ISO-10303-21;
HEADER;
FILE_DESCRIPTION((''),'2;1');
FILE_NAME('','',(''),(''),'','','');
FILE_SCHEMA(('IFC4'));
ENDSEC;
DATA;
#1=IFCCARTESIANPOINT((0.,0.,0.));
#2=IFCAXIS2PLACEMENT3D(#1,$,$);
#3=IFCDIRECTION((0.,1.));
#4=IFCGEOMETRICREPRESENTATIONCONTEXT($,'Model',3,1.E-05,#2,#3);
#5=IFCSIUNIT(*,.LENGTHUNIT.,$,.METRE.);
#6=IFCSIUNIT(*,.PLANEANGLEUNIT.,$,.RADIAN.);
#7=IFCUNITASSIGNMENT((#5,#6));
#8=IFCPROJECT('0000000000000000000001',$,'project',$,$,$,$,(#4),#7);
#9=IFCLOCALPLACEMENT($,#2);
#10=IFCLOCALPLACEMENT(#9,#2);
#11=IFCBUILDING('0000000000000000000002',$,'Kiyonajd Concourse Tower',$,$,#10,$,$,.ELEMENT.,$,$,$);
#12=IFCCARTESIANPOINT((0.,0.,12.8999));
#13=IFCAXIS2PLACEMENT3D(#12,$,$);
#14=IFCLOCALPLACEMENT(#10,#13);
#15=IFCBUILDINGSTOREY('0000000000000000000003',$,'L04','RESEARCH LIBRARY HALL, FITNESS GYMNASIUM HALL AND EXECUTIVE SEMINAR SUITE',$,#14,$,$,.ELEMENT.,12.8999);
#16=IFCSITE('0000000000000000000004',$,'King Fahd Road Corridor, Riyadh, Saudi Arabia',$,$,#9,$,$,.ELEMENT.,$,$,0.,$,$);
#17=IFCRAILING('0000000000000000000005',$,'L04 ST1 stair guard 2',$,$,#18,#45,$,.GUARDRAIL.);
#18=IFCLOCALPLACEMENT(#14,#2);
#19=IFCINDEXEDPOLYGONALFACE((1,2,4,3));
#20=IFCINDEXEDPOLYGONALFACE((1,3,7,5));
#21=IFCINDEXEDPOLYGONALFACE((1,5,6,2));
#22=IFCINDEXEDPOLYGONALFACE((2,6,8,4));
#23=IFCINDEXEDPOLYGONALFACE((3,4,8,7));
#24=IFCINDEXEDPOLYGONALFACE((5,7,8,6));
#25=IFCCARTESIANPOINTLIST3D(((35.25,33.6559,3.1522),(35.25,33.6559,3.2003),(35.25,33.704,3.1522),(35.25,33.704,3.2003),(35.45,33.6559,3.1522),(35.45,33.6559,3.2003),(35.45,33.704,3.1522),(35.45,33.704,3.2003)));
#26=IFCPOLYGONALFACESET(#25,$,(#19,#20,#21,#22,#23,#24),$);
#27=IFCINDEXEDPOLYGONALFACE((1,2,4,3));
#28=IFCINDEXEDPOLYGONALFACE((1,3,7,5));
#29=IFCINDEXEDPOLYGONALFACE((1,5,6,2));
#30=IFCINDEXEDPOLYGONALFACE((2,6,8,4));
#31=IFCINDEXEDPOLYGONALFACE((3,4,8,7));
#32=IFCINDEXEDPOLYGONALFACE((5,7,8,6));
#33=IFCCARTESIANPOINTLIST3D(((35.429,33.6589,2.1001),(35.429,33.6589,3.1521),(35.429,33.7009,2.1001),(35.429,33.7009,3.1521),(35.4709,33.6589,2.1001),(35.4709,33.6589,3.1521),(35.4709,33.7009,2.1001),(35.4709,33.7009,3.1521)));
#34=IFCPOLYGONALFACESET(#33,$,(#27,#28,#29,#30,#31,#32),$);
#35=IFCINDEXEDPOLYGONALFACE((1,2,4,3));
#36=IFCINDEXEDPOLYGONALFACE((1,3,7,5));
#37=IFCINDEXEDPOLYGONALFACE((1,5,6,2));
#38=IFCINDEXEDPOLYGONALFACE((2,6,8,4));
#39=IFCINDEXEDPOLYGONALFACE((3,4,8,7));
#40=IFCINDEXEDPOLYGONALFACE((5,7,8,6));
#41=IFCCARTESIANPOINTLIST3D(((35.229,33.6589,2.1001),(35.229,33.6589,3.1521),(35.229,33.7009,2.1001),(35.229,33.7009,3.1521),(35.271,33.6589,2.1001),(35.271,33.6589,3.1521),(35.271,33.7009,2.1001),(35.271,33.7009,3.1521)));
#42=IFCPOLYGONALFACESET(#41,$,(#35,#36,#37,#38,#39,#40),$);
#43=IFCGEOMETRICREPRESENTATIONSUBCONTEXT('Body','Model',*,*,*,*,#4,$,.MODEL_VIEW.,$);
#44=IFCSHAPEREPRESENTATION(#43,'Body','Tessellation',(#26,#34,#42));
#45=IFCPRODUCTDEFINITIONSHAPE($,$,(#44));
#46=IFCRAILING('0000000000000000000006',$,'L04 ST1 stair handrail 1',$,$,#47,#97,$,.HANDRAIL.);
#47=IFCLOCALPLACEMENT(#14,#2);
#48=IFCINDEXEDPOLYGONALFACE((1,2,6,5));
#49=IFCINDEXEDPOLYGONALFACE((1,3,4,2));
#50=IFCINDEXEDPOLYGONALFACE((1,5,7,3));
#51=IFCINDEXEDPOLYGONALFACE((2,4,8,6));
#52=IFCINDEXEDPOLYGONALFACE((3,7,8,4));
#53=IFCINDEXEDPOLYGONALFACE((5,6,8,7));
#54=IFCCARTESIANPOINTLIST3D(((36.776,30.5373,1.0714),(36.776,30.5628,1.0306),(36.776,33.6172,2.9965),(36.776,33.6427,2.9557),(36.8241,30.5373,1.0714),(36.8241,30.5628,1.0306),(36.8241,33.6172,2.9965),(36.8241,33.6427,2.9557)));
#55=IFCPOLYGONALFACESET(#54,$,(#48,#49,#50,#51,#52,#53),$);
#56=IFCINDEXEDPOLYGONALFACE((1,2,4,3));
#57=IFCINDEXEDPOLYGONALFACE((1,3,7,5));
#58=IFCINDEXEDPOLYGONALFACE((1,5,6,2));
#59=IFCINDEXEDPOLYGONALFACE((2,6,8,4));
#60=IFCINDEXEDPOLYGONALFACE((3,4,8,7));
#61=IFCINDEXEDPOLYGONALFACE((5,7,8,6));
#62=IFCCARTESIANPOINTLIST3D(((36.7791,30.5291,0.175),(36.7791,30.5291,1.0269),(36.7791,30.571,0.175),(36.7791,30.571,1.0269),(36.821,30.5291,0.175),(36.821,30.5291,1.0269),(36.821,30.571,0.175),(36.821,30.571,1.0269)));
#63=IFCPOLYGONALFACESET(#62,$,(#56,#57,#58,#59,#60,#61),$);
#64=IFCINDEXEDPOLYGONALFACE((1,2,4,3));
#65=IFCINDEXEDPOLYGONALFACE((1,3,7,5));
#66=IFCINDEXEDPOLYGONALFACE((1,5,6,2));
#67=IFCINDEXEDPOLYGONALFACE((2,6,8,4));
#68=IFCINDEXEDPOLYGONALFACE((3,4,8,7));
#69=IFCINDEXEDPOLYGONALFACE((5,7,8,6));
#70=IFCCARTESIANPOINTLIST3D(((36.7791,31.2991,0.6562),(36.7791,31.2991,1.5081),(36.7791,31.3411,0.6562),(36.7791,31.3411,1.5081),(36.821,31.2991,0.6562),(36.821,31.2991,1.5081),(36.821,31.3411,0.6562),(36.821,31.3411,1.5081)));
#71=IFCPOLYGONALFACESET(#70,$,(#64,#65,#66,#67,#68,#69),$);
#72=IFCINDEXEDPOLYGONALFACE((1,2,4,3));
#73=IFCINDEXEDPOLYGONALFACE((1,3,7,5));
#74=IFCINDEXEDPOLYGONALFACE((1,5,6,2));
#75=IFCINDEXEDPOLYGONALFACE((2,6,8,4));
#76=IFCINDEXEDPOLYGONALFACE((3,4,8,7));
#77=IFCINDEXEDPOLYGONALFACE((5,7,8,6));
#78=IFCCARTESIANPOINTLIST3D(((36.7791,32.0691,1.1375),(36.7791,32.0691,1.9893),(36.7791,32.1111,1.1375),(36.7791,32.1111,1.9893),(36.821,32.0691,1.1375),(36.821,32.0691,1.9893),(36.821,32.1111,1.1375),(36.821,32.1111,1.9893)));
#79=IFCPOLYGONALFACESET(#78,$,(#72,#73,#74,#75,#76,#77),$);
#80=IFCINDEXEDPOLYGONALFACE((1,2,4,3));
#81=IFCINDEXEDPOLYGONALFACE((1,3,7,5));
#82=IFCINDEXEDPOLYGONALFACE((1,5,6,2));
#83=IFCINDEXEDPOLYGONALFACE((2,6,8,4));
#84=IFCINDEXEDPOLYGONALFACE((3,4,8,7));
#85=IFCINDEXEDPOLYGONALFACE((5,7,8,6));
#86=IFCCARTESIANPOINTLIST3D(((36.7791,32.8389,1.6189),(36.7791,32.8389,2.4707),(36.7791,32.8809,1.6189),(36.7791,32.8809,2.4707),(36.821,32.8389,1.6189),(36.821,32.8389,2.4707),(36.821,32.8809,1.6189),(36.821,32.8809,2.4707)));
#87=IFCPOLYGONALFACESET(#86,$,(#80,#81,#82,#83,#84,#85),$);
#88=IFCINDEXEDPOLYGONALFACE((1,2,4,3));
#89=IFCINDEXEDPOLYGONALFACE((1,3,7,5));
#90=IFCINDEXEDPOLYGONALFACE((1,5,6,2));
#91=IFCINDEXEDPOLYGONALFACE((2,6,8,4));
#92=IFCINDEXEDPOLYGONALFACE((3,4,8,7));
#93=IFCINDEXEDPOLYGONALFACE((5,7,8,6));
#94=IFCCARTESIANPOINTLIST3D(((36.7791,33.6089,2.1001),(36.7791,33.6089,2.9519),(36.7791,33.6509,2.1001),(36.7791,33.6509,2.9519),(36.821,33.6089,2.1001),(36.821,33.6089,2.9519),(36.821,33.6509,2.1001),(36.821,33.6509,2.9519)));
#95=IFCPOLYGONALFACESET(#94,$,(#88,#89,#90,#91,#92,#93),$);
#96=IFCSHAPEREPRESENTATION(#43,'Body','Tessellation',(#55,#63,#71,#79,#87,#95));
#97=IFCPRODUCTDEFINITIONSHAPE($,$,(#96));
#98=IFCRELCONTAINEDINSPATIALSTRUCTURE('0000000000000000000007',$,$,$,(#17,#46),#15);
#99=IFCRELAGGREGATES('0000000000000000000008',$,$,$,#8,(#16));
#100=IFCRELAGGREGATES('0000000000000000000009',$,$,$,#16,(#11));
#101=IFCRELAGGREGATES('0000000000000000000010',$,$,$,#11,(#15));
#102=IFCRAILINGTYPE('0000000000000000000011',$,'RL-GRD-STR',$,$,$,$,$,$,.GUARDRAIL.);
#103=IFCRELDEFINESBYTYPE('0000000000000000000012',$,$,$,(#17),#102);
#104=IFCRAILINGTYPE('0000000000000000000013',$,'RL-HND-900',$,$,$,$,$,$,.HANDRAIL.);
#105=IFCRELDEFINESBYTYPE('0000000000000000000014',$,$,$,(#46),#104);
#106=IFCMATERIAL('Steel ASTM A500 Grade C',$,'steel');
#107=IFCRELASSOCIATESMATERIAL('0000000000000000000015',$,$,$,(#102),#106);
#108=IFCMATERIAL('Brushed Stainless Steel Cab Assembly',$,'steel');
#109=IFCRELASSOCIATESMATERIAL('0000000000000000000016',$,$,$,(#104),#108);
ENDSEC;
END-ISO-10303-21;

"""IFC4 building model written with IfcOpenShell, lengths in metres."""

from ifc_helpers import new_model, si_unit, direction, frame, origin, origin_2d, place, context, subcontext, project, spatial, rectangle, extrude, material, type_object, element, save


model = new_model("IFC4")

# Units and contexts
model_context = context("Model", 3, precision=1e-05, world=origin(), true_north=direction((0.0, 1.0)))
body_context = subcontext(model_context, "Body", "Model", "MODEL_VIEW")
ifc_project = project(units=[si_unit("LENGTHUNIT", "METRE"), si_unit("PLANEANGLEUNIT", "RADIAN")], contexts=[model_context])

# Site, building, storey
site_placement = place(None, origin())
site = spatial("IfcSite", under=ifc_project, at=site_placement, Name="King Fahd Road Corridor, Riyadh, Saudi Arabia", CompositionType="ELEMENT", RefElevation=0.0)
building_placement = place(site_placement, origin())
building = spatial("IfcBuilding", under=site, at=building_placement, Name="Kiyonajd Concourse Tower", CompositionType="ELEMENT")
storey_placement = place(building_placement, frame((0.0, 0.0, 12.8999)))
storey = spatial("IfcBuildingStorey", under=building, at=storey_placement, Name="L04", Description="RESEARCH LIBRARY HALL, FITNESS GYMNASIUM HALL AND EXECUTIVE SEMINAR SUITE", CompositionType="ELEMENT", Elevation=12.8999)

# Shared definitions
ifc_material_1 = material(Name="Brushed Stainless Steel Cab Assembly", Category="steel")

# Railings
ifc_material_2 = material(Name="Steel ASTM A500 Grade C", Category="steel")
railing_type_1 = type_object("IfcRailingType", Name="RL-GRD-STR", PredefinedType="GUARDRAIL", material=ifc_material_2)
railing_1_placement = place(storey_placement, frame((35.45, 33.6799, 2.1001)))
element("IfcRailing", 1, at=railing_1_placement, inside=storey, type_object=railing_type_1, Name="L04 ST1 stair guard 2", PredefinedType="GUARDRAIL", context=body_context, shape_type="SweptSolid", body=[
    extrude(rectangle(XDim=0.0481, YDim=0.0481, at=origin_2d()), frame((0.0, 0.0, 1.0762), z_axis=(-1.0, 0.0, 0.0), x_axis=(0.0, -1.0, 0.0)), (0.0, 0.0, 1.0), 0.2),
    extrude(rectangle(XDim=0.042, YDim=0.042, at=origin_2d()), origin(), (0.0, 0.0, 1.0), 1.052),
    extrude(rectangle(XDim=0.042, YDim=0.042, at=origin_2d()), frame((-0.2, 0.0, 0.0)), (0.0, 0.0, 1.0), 1.052),
])
railing_type_2 = type_object("IfcRailingType", Name="RL-HND-900", PredefinedType="HANDRAIL", material=ifc_material_1)
railing_2_placement = place(storey_placement, frame((36.8, 30.55, 0.175)))
element("IfcRailing", 2, at=railing_2_placement, inside=storey, type_object=railing_type_2, Name="L04 ST1 stair handrail 1", PredefinedType="HANDRAIL", context=body_context, shape_type="SweptSolid", body=[
    extrude(rectangle(XDim=0.0481, YDim=0.0481, at=origin_2d()), frame((0.0, 0.0, 0.876), z_axis=(0.0, 0.847979, 0.530029), x_axis=(-1.0, 0.0, 0.0)), (0.0, 0.0, 1.0), 3.6321),
    extrude(rectangle(XDim=0.042, YDim=0.042, at=origin_2d()), origin(), (0.0, 0.0, 1.0), 0.8518),
    extrude(rectangle(XDim=0.042, YDim=0.042, at=origin_2d()), frame((0.0, 0.77, 0.4812)), (0.0, 0.0, 1.0), 0.8518),
    extrude(rectangle(XDim=0.042, YDim=0.042, at=origin_2d()), frame((0.0, 1.54, 0.9624)), (0.0, 0.0, 1.0), 0.8518),
    extrude(rectangle(XDim=0.042, YDim=0.042, at=origin_2d()), frame((0.0, 2.3098, 1.4438)), (0.0, 0.0, 1.0), 0.8518),
    extrude(rectangle(XDim=0.042, YDim=0.042, at=origin_2d()), frame((0.0, 3.0798, 1.925)), (0.0, 0.0, 1.0), 0.8518),
])

save(model, "model.ifc")
